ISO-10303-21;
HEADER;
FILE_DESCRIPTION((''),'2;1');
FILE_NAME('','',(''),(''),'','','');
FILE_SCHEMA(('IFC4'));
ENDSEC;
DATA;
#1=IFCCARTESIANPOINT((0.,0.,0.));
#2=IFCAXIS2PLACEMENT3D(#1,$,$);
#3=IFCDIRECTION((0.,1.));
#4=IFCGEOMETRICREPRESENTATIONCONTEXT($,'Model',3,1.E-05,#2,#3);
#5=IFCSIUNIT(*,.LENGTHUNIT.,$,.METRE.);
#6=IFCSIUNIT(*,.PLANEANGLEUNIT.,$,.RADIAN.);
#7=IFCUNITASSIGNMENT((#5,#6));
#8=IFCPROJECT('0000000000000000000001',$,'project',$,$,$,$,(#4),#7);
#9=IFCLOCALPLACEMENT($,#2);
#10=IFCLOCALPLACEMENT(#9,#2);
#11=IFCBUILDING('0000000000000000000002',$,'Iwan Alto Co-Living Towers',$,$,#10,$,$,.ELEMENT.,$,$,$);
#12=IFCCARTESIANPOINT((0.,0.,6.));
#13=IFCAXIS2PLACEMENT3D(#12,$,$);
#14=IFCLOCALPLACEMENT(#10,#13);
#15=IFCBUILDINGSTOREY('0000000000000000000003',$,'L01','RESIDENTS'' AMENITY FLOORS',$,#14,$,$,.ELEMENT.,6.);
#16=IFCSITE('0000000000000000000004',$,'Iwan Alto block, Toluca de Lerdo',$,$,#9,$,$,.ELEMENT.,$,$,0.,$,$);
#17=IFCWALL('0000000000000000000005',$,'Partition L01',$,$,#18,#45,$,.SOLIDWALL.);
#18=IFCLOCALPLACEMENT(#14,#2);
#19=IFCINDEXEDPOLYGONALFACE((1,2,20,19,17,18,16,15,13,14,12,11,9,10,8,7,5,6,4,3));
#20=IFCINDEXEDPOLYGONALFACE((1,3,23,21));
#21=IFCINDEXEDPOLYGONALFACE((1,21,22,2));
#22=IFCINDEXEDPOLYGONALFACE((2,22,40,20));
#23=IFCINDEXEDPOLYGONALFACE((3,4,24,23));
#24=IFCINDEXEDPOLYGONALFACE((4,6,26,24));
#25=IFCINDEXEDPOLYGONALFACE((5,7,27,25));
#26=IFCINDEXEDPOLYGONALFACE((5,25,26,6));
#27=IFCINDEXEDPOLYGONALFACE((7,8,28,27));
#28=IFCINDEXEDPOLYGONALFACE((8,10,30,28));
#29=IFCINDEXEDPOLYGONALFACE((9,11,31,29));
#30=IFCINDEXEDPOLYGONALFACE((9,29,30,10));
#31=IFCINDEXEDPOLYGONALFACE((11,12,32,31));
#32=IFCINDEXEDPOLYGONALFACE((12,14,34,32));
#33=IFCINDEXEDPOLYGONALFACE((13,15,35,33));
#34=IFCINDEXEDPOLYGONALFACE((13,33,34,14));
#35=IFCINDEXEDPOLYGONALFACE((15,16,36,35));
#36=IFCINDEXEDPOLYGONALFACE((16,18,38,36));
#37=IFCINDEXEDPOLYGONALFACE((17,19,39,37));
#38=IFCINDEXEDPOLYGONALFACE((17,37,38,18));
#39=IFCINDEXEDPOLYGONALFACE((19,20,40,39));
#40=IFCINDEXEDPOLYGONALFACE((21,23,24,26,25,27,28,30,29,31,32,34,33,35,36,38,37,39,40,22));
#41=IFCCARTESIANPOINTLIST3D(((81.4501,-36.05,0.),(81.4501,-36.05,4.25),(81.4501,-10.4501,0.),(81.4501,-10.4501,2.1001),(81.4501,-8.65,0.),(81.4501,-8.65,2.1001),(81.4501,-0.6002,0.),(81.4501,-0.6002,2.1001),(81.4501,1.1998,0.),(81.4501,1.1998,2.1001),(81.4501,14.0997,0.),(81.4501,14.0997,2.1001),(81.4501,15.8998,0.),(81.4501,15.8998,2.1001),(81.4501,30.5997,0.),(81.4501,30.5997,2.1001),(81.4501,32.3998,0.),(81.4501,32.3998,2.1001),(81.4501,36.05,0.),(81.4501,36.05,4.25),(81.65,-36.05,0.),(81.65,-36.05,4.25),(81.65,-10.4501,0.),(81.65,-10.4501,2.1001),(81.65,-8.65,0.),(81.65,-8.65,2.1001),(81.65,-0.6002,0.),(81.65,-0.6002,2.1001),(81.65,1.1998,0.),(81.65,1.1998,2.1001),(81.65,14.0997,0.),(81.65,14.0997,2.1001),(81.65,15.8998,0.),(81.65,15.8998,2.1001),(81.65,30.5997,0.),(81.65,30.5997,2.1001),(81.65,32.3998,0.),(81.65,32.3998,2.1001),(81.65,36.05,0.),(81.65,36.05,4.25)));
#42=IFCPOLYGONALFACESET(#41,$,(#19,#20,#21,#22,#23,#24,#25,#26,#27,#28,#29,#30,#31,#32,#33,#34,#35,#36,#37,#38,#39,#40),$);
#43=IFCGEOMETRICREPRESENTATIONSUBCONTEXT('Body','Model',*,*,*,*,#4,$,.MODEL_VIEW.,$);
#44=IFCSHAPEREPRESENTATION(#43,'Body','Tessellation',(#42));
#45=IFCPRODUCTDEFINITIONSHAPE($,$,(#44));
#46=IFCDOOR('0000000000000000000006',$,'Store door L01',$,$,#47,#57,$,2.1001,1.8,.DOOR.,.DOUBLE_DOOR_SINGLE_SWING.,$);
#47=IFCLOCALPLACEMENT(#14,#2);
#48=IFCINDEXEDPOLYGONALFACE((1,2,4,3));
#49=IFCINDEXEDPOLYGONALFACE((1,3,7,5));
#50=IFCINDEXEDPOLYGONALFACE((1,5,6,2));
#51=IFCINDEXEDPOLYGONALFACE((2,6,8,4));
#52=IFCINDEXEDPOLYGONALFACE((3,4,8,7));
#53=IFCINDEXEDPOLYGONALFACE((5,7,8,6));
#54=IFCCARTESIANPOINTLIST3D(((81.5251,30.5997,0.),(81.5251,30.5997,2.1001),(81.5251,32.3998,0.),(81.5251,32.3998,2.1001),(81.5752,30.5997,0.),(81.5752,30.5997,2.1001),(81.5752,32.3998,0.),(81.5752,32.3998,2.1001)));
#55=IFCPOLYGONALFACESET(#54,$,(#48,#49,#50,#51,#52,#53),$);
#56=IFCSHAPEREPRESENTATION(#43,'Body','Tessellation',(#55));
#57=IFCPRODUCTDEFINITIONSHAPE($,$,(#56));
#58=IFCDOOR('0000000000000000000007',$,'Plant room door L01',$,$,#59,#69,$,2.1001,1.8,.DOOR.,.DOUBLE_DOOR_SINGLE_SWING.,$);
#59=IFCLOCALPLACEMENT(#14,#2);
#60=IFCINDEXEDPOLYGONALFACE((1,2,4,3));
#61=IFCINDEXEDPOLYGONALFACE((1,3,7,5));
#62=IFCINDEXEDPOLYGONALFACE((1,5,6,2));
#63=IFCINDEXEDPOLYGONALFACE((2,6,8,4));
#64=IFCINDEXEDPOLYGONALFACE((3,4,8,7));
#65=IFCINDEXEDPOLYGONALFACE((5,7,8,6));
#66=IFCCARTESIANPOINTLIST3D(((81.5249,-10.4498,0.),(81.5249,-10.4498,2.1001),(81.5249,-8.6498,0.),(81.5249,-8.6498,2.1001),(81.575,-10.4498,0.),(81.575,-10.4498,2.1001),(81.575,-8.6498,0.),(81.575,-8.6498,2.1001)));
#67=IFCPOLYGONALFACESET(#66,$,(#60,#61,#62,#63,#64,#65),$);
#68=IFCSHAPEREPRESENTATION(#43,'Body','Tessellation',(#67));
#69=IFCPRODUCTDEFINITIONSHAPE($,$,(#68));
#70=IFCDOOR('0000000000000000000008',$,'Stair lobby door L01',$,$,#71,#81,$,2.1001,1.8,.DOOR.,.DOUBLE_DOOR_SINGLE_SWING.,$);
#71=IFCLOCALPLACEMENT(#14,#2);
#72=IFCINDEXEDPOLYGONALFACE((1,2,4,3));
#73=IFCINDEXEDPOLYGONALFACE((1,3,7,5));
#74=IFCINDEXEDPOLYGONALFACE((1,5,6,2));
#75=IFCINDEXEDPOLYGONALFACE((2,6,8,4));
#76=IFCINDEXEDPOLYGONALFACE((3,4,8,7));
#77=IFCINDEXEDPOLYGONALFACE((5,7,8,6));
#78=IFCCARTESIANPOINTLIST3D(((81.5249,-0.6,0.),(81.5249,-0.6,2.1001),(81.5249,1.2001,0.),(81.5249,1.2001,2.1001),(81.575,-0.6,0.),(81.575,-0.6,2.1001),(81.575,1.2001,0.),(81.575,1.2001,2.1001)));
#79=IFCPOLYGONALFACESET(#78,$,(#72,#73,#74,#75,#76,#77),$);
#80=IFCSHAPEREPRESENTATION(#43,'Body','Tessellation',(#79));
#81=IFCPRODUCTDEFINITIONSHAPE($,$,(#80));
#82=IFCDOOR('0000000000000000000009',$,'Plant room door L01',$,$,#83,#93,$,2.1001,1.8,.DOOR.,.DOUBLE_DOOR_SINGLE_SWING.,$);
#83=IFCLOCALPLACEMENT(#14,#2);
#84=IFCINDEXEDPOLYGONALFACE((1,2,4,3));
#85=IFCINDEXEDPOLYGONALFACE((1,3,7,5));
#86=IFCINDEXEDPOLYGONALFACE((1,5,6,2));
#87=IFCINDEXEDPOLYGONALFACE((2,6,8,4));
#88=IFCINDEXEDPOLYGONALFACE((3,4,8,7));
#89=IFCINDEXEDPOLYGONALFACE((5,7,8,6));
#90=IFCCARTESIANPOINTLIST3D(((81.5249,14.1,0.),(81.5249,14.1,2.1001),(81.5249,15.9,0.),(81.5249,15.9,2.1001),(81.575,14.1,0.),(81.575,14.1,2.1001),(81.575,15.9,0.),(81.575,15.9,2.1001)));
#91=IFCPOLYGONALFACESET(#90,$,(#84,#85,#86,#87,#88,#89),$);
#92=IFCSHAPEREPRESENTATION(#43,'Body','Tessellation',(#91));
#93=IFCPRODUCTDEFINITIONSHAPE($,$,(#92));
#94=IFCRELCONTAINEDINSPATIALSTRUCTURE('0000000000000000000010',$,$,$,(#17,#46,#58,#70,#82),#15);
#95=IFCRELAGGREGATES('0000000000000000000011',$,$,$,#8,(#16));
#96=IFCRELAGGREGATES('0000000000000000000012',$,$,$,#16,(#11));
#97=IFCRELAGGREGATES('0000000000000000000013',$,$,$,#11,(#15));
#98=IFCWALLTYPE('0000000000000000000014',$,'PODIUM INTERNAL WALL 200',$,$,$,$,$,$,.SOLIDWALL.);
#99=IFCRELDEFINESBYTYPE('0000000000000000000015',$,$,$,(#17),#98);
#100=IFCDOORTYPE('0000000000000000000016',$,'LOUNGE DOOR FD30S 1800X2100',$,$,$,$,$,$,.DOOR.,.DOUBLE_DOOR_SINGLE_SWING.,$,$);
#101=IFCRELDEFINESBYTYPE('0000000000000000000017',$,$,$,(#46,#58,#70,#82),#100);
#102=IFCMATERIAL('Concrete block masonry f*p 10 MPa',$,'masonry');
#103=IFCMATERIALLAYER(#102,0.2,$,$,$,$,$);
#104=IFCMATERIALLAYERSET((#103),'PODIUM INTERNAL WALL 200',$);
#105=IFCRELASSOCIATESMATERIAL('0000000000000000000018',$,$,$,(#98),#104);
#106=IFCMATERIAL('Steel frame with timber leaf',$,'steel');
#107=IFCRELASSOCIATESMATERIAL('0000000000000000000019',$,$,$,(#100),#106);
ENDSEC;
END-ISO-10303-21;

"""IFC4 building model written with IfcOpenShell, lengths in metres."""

from ifc_helpers import new_model, si_unit, direction, frame, frame_2d, origin, place, context, subcontext, project, spatial, rectangle, extrude, material, layer, layer_set, type_object, element, fill, save


model = new_model("IFC4")

# Units and contexts
model_context = context("Model", 3, precision=1e-05, world=origin(), true_north=direction((0.0, 1.0)))
body_context = subcontext(model_context, "Body", "Model", "MODEL_VIEW")
ifc_project = project(units=[si_unit("LENGTHUNIT", "METRE"), si_unit("PLANEANGLEUNIT", "RADIAN")], contexts=[model_context])

# Site, building, storey
site_placement = place(None, origin())
site = spatial("IfcSite", under=ifc_project, at=site_placement, Name="Iwan Alto block, Toluca de Lerdo", CompositionType="ELEMENT", RefElevation=0.0)
building_placement = place(site_placement, origin())
building = spatial("IfcBuilding", under=site, at=building_placement, Name="Iwan Alto Co-Living Towers", CompositionType="ELEMENT")
storey_placement = place(building_placement, frame((0.0, 0.0, 6.0)))
storey = spatial("IfcBuildingStorey", under=building, at=storey_placement, Name="L01", Description="RESIDENTS' AMENITY FLOORS", CompositionType="ELEMENT", Elevation=6.0)

# Wall, openings, doors
ifc_material_1 = material(Name="Concrete block masonry f*p 10 MPa", Category="masonry")
ifc_layer = layer(ifc_material_1, 0.2)
ifc_layer_set = layer_set([ifc_layer], Name="PODIUM INTERNAL WALL 200")
wall_type = type_object("IfcWallType", Name="PODIUM INTERNAL WALL 200", PredefinedType="SOLIDWALL", material=ifc_layer_set)
wall_placement = place(storey_placement, frame((81.55, -36.05, 0.0), z_axis=(0.0, 0.0, 1.0), x_axis=(0.0, 1.0, 0.0)))
wall = element("IfcWall", 1, at=wall_placement, inside=storey, type_object=wall_type, Name="Partition L01", PredefinedType="SOLIDWALL", context=body_context, shape_type="SweptSolid", body=[
    extrude(rectangle(XDim=72.1001, YDim=0.2, at=frame_2d((36.05, 0.0))), origin(), (0.0, 0.0, 1.0), 4.25),
])
opening_1_placement = place(wall_placement, frame((66.6499, 0.0, 0.0)))
opening_1 = element("IfcOpeningElement", 2, at=opening_1_placement, cuts=wall, PredefinedType="OPENING", context=body_context, shape_type="SweptSolid", body=[
    extrude(rectangle(XDim=1.8, YDim=2.1001, at=frame_2d((0.8999, 1.05))), frame((0.0, 0.1099, 0.0), z_axis=(0.0, -1.0, 0.0), x_axis=(1.0, 0.0, 0.0)), (0.0, 0.0, 1.0), 0.22),
])
opening_2_placement = place(wall_placement, frame((25.6001, 0.0, 0.0)))
opening_2 = element("IfcOpeningElement", 3, at=opening_2_placement, cuts=wall, PredefinedType="OPENING", context=body_context, shape_type="SweptSolid", body=[
    extrude(rectangle(XDim=1.8, YDim=2.1001, at=frame_2d((0.8999, 1.05))), frame((0.0, 0.1099, 0.0), z_axis=(0.0, -1.0, 0.0), x_axis=(1.0, 0.0, 0.0)), (0.0, 0.0, 1.0), 0.22),
])
opening_3_placement = place(wall_placement, frame((35.45, 0.0, 0.0)))
opening_3 = element("IfcOpeningElement", 4, at=opening_3_placement, cuts=wall, PredefinedType="OPENING", context=body_context, shape_type="SweptSolid", body=[
    extrude(rectangle(XDim=1.8, YDim=2.1001, at=frame_2d((0.8999, 1.05))), frame((0.0, 0.1099, 0.0), z_axis=(0.0, -1.0, 0.0), x_axis=(1.0, 0.0, 0.0)), (0.0, 0.0, 1.0), 0.22),
])
opening_4_placement = place(wall_placement, frame((50.1499, 0.0, 0.0)))
opening_4 = element("IfcOpeningElement", 5, at=opening_4_placement, cuts=wall, PredefinedType="OPENING", context=body_context, shape_type="SweptSolid", body=[
    extrude(rectangle(XDim=1.8, YDim=2.1001, at=frame_2d((0.8999, 1.05))), frame((0.0, 0.1099, 0.0), z_axis=(0.0, -1.0, 0.0), x_axis=(1.0, 0.0, 0.0)), (0.0, 0.0, 1.0), 0.22),
])
ifc_material_2 = material(Name="Steel frame with timber leaf", Category="steel")
door_type = type_object("IfcDoorType", Name="LOUNGE DOOR FD30S 1800X2100", OperationType="DOUBLE_DOOR_SINGLE_SWING", PredefinedType="DOOR", material=ifc_material_2)
door_1_placement = place(opening_1_placement, origin())
door_1 = element("IfcDoor", 6, at=door_1_placement, inside=storey, type_object=door_type, Name="Store door L01", OperationType="DOUBLE_DOOR_SINGLE_SWING", OverallHeight=2.1001, OverallWidth=1.8, PredefinedType="DOOR", context=body_context, shape_type="SweptSolid", body=[
    extrude(rectangle(XDim=1.8, YDim=2.1001, at=frame_2d((0.8999, 1.05))), frame((0.0, 0.0249, 0.0), z_axis=(0.0, -1.0, 0.0), x_axis=(1.0, 0.0, 0.0)), (0.0, 0.0, 1.0), 0.05),
])
fill(opening_1, door_1)
door_2_placement = place(opening_2_placement, frame((1.8, 0.0, 0.0), z_axis=(0.0, 0.0, 1.0), x_axis=(-1.0, 0.0, 0.0)))
door_2 = element("IfcDoor", 7, at=door_2_placement, inside=storey, type_object=door_type, Name="Plant room door L01", OperationType="DOUBLE_DOOR_SINGLE_SWING", OverallHeight=2.1001, OverallWidth=1.8, PredefinedType="DOOR", context=body_context, shape_type="SweptSolid", body=[
    extrude(rectangle(XDim=1.8, YDim=2.1001, at=frame_2d((0.8999, 1.05))), frame((0.0, 0.0249, 0.0), z_axis=(0.0, -1.0, 0.0), x_axis=(1.0, 0.0, 0.0)), (0.0, 0.0, 1.0), 0.05),
])
fill(opening_2, door_2)
door_3_placement = place(opening_3_placement, frame((1.8, 0.0, 0.0), z_axis=(0.0, 0.0, 1.0), x_axis=(-1.0, 0.0, 0.0)))
door_3 = element("IfcDoor", 8, at=door_3_placement, inside=storey, type_object=door_type, Name="Stair lobby door L01", OperationType="DOUBLE_DOOR_SINGLE_SWING", OverallHeight=2.1001, OverallWidth=1.8, PredefinedType="DOOR", context=body_context, shape_type="SweptSolid", body=[
    extrude(rectangle(XDim=1.8, YDim=2.1001, at=frame_2d((0.8999, 1.05))), frame((0.0, 0.0249, 0.0), z_axis=(0.0, -1.0, 0.0), x_axis=(1.0, 0.0, 0.0)), (0.0, 0.0, 1.0), 0.05),
])
fill(opening_3, door_3)
door_4_placement = place(opening_4_placement, frame((1.8, 0.0, 0.0), z_axis=(0.0, 0.0, 1.0), x_axis=(-1.0, 0.0, 0.0)))
door_4 = element("IfcDoor", 9, at=door_4_placement, inside=storey, type_object=door_type, Name="Plant room door L01", OperationType="DOUBLE_DOOR_SINGLE_SWING", OverallHeight=2.1001, OverallWidth=1.8, PredefinedType="DOOR", context=body_context, shape_type="SweptSolid", body=[
    extrude(rectangle(XDim=1.8, YDim=2.1001, at=frame_2d((0.8999, 1.05))), frame((0.0, 0.0249, 0.0), z_axis=(0.0, -1.0, 0.0), x_axis=(1.0, 0.0, 0.0)), (0.0, 0.0, 1.0), 0.05),
])
fill(opening_4, door_4)

save(model, "model.ifc")
